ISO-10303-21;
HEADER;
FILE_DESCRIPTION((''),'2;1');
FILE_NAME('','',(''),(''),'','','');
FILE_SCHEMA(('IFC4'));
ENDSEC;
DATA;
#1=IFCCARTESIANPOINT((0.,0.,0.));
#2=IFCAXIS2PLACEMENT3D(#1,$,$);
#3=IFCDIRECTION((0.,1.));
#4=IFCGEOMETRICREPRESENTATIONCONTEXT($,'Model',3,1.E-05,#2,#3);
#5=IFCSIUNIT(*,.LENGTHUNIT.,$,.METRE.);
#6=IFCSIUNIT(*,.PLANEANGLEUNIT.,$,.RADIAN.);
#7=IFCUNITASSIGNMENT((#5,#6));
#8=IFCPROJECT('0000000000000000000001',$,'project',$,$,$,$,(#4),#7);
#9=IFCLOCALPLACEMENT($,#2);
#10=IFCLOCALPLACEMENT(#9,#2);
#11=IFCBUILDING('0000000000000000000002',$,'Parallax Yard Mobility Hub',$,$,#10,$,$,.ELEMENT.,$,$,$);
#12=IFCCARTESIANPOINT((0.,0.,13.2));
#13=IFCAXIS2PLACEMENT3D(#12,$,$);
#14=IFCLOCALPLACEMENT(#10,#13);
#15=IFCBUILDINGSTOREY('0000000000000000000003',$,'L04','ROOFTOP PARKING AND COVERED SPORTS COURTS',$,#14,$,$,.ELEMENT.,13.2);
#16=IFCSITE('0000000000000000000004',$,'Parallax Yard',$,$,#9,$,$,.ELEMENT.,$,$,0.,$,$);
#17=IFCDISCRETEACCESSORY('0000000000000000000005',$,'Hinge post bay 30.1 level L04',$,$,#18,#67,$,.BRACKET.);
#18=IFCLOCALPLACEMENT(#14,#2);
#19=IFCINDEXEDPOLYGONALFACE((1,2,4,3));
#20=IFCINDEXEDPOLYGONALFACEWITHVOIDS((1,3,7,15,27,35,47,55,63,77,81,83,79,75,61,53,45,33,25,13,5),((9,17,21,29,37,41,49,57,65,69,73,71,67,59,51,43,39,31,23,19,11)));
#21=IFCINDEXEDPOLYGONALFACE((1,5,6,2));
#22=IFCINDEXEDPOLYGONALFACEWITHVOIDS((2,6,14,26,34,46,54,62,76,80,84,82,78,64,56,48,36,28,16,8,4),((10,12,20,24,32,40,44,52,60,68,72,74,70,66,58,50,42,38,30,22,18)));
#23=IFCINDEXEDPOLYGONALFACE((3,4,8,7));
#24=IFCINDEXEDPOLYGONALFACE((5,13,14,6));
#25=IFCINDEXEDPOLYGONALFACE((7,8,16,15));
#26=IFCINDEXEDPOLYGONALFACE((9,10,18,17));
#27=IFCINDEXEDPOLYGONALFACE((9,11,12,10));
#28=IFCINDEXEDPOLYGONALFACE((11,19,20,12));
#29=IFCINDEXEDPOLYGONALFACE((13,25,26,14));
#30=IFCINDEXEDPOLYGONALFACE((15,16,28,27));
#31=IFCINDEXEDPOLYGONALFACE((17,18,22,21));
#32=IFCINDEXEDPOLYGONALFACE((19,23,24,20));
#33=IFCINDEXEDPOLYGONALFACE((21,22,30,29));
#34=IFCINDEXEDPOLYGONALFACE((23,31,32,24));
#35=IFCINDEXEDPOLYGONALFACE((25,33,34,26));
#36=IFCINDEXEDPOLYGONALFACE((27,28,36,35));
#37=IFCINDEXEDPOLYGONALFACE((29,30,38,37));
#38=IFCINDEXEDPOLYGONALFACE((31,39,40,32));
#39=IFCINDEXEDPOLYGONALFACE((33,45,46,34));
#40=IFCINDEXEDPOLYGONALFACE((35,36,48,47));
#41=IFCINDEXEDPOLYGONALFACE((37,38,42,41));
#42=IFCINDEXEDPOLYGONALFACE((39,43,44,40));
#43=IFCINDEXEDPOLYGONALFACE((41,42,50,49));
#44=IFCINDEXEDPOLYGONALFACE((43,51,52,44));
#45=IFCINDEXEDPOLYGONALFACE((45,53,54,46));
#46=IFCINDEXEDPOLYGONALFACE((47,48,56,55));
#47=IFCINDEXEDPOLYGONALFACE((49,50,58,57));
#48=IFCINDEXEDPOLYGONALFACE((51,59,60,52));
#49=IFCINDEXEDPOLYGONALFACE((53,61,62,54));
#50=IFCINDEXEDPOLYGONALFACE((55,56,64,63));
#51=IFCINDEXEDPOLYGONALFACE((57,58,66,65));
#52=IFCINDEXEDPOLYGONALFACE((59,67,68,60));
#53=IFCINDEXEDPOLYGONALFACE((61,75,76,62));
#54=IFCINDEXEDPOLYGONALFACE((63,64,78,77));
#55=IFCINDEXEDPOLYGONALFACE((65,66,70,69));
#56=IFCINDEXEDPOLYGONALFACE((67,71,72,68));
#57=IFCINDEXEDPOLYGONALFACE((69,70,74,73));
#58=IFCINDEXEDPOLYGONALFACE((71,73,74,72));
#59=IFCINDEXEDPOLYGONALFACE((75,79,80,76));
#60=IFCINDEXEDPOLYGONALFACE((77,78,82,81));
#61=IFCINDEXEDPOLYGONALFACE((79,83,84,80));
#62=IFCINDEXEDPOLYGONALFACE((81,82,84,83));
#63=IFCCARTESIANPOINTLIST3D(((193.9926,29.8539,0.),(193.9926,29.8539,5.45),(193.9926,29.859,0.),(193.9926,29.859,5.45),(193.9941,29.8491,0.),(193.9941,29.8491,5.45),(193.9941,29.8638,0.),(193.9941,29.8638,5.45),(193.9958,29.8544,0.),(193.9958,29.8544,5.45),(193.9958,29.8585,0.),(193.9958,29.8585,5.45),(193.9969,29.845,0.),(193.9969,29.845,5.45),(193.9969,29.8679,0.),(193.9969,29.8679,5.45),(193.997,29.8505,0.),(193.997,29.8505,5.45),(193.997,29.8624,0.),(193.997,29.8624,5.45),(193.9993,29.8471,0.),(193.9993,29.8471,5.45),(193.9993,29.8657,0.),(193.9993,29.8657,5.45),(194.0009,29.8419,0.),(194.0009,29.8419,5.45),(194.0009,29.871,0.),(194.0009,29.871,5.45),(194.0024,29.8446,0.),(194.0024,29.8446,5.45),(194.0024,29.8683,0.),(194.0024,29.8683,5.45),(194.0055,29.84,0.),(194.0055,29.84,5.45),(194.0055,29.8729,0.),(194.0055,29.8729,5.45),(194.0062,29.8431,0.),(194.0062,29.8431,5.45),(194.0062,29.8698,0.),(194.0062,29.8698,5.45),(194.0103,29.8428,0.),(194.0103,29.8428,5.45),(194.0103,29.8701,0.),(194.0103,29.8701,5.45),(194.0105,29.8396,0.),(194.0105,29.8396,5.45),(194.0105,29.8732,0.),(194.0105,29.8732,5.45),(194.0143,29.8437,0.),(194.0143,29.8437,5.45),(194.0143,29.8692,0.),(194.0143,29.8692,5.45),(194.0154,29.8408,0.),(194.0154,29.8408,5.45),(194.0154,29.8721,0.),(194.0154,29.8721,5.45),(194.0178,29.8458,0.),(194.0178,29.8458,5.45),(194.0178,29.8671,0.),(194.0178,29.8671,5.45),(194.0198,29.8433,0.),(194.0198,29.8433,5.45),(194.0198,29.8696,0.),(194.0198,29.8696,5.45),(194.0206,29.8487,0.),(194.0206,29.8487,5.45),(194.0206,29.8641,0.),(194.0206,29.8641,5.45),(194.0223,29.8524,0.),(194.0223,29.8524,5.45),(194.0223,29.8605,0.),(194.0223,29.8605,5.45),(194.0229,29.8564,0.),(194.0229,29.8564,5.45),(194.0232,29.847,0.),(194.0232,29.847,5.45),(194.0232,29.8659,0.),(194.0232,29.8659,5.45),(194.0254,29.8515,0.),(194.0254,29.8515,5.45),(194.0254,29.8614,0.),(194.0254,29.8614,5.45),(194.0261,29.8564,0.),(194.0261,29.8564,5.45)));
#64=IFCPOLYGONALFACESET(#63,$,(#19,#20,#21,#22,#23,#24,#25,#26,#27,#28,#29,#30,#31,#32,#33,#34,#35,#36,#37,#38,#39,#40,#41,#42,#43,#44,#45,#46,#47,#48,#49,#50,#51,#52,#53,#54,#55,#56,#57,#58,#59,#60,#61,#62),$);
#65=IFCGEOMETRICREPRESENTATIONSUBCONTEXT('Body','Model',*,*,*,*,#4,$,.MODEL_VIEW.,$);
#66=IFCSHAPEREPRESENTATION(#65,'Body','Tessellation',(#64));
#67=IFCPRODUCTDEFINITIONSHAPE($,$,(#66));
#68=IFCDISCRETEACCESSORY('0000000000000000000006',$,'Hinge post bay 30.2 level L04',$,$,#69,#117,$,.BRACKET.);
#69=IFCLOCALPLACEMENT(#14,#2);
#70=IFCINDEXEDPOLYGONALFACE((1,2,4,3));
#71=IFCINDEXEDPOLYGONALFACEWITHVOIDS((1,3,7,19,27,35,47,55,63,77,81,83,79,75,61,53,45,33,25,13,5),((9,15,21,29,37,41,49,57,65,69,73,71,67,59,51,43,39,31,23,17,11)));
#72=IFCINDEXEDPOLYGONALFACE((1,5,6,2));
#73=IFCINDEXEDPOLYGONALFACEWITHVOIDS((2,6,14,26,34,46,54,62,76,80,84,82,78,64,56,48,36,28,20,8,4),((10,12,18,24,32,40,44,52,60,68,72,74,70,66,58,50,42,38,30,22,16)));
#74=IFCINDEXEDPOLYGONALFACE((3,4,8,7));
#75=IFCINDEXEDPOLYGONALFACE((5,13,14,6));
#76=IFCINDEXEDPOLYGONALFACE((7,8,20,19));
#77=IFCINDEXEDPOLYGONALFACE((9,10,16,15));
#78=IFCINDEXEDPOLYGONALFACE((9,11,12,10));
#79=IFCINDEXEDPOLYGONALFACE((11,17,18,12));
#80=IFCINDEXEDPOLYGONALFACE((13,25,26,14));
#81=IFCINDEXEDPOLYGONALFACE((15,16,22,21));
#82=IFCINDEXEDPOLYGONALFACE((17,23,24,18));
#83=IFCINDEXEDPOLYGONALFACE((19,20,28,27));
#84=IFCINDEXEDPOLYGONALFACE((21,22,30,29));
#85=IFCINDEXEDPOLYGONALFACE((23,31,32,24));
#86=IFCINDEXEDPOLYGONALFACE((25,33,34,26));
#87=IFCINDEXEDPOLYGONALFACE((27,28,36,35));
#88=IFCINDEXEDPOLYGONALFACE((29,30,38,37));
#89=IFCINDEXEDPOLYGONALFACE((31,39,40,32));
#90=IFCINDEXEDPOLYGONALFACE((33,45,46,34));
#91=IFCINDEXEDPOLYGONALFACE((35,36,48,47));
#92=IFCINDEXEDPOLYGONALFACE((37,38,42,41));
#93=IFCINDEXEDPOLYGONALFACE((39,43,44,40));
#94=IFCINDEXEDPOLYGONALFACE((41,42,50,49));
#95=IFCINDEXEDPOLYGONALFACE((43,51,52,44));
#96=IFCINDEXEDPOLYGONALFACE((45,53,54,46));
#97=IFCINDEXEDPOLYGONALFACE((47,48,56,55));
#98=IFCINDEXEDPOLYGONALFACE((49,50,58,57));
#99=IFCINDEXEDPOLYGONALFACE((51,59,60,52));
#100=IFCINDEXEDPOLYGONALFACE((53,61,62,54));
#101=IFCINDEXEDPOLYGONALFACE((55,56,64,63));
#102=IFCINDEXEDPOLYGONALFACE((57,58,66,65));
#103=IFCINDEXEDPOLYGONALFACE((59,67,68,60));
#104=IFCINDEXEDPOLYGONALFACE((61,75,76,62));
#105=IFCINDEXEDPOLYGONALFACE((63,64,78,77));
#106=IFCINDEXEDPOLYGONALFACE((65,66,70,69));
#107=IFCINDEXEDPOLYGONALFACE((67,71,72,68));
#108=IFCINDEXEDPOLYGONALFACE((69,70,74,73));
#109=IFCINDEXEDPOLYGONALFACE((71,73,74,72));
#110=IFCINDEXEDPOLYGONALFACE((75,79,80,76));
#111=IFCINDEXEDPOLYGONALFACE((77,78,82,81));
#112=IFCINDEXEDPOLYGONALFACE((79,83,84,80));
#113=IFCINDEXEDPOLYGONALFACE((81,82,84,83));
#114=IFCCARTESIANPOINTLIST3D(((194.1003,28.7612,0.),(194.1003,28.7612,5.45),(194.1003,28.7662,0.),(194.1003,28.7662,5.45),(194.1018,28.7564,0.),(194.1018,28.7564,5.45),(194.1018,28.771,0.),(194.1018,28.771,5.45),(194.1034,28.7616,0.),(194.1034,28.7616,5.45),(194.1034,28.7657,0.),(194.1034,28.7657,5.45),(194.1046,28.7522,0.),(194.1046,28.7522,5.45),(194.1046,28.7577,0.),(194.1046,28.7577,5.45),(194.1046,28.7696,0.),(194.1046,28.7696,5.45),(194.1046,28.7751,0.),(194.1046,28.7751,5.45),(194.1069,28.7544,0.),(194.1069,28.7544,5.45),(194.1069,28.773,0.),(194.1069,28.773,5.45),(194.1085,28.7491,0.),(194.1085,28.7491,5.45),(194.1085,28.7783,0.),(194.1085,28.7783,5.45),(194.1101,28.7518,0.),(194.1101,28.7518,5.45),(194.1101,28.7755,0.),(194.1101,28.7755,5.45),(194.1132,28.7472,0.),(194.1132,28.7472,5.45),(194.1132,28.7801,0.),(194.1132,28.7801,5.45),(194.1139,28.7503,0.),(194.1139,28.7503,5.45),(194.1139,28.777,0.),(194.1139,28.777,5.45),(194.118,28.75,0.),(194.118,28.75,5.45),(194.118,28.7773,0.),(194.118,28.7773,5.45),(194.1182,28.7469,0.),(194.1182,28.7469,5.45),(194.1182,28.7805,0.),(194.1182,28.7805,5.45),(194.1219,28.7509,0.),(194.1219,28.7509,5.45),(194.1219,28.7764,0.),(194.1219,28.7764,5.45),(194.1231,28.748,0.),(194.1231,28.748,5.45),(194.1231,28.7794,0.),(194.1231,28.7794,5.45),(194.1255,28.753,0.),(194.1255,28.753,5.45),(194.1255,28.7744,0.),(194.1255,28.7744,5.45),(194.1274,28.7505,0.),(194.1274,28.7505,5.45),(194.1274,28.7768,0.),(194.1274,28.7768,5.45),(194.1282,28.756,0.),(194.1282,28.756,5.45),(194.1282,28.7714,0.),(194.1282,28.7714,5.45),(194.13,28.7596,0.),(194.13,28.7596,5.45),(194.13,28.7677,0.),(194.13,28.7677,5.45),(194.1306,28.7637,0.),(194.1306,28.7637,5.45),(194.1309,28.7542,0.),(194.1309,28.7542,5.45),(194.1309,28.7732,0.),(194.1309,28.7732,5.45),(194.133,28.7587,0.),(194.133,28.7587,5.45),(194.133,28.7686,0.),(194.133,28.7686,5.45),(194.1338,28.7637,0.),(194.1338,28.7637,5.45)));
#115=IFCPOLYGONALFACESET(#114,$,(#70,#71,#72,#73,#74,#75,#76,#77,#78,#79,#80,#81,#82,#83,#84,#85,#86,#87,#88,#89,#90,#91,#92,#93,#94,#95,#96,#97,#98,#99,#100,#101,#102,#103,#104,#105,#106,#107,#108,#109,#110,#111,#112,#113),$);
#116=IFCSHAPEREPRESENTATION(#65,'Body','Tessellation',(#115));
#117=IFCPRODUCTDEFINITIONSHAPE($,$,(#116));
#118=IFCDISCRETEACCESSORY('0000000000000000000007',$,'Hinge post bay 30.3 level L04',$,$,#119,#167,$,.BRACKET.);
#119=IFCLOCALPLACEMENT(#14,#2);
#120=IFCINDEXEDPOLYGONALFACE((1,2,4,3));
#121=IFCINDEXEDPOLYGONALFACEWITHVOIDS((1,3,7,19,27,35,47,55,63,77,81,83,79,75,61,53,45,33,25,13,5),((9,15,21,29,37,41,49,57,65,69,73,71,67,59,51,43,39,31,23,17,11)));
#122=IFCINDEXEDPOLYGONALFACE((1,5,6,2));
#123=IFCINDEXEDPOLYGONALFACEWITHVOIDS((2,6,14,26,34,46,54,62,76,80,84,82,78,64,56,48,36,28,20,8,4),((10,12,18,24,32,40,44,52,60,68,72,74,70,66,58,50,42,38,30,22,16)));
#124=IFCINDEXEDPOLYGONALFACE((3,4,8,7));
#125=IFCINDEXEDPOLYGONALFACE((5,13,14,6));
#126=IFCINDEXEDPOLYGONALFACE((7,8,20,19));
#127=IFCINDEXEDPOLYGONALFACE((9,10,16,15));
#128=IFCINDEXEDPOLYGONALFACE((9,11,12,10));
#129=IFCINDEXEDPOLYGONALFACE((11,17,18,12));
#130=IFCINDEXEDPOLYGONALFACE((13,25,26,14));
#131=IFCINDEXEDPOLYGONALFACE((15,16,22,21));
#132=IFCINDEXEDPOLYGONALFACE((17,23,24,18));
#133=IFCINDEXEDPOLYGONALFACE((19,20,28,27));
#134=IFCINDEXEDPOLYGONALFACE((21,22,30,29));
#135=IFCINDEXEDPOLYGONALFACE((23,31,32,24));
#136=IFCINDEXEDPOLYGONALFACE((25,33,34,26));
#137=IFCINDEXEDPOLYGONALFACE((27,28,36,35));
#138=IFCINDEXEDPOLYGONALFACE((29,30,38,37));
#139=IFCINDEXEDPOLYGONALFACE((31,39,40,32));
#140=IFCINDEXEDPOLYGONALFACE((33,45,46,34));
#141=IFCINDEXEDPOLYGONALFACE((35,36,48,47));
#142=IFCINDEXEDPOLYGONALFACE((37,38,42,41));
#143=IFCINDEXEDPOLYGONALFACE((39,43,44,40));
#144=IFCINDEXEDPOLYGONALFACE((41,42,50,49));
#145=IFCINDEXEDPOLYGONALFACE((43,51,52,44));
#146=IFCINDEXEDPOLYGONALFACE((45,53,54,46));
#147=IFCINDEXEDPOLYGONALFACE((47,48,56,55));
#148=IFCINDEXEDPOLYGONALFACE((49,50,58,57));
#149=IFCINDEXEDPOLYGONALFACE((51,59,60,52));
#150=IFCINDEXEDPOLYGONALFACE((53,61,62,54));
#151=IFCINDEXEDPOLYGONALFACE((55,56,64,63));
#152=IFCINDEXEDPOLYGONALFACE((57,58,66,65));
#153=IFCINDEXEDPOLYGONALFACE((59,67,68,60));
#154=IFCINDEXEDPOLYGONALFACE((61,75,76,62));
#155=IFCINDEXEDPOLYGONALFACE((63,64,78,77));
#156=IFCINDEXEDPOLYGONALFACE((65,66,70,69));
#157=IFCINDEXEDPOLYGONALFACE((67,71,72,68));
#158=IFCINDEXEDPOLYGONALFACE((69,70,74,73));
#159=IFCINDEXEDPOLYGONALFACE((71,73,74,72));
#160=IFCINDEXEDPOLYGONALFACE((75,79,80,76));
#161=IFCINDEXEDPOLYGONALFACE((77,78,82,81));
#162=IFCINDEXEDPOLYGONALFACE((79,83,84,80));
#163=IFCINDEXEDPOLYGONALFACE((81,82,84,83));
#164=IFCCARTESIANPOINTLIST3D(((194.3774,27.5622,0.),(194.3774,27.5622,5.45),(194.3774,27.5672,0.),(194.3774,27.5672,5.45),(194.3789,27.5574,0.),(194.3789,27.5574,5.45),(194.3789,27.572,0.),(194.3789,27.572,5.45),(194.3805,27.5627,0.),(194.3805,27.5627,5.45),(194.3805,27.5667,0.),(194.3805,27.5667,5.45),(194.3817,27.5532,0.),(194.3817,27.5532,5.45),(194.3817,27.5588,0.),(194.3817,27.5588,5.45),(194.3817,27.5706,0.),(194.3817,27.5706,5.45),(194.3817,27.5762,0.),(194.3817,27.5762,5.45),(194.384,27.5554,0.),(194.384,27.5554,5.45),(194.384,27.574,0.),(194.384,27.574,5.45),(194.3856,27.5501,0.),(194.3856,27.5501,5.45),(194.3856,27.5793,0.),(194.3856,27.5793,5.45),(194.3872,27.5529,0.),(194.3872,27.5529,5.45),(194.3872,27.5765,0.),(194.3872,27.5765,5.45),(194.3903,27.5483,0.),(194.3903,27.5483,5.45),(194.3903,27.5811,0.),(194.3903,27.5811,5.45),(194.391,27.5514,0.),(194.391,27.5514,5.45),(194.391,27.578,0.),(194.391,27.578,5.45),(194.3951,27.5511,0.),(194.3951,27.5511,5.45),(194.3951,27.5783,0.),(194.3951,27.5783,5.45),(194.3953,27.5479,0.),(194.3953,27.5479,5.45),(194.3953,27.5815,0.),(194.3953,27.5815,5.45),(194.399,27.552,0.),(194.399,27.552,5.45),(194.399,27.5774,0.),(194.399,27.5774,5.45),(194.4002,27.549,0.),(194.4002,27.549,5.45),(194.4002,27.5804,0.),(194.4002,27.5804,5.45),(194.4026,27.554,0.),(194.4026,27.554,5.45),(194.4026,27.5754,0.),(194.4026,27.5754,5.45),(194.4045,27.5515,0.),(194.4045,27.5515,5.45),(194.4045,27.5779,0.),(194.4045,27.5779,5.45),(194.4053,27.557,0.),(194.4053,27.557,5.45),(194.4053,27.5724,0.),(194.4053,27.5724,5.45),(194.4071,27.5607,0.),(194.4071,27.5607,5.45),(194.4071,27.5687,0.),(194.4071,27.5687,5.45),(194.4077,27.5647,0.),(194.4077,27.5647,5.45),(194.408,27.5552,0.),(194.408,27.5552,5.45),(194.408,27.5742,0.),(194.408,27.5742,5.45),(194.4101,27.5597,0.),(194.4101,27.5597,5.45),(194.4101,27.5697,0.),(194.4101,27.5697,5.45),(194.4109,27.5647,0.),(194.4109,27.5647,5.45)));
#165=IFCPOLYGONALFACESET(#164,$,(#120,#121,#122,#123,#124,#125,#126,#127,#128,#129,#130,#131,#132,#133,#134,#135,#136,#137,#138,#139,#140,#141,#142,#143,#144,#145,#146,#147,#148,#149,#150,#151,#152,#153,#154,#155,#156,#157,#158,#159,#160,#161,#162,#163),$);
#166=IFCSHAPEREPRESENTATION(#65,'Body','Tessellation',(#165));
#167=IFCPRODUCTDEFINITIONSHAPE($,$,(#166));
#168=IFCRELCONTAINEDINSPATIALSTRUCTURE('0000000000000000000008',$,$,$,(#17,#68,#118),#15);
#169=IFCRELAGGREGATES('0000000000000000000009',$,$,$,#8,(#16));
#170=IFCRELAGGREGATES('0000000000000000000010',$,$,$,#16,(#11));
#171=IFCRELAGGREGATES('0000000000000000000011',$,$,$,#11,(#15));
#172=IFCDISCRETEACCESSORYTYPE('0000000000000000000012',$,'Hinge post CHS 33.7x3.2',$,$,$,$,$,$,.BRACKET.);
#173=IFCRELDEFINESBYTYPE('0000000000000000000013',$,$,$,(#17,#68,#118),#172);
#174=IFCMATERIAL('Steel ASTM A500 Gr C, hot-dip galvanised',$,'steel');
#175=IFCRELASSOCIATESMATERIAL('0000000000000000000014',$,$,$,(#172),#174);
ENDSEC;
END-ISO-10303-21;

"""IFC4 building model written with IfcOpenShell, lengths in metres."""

from ifc_helpers import new_model, si_unit, direction, frame, origin, origin_2d, place, context, subcontext, project, spatial, hollow_circle, extrude, material, material_profile, profile_set, type_object, element, save


model = new_model("IFC4")

# Units and contexts
model_context = context("Model", 3, precision=1e-05, world=origin(), true_north=direction((0.0, 1.0)))
body_context = subcontext(model_context, "Body", "Model", "MODEL_VIEW")
ifc_project = project(units=[si_unit("LENGTHUNIT", "METRE"), si_unit("PLANEANGLEUNIT", "RADIAN")], contexts=[model_context])

# Site, building, storey
site_placement = place(None, origin())
site = spatial("IfcSite", under=ifc_project, at=site_placement, Name="Parallax Yard", CompositionType="ELEMENT", RefElevation=0.0)
building_placement = place(site_placement, origin())
building = spatial("IfcBuilding", under=site, at=building_placement, Name="Parallax Yard Mobility Hub", CompositionType="ELEMENT")
storey_placement = place(building_placement, frame((0.0, 0.0, 13.2)))
storey = spatial("IfcBuildingStorey", under=building, at=storey_placement, Name="L04", Description="ROOFTOP PARKING AND COVERED SPORTS COURTS", CompositionType="ELEMENT", Elevation=13.2)

# Discrete accessories
ifc_material_1 = material(Name="Steel ASTM A500 Gr C, hot-dip galvanised", Category="steel")
ifc_material_profile_1 = material_profile(ifc_material_1, hollow_circle(Radius=0.0168, WallThickness=0.0032, at=origin_2d()), Name="CHS 33.7x3.2")
ifc_profile_set_1 = profile_set([ifc_material_profile_1], Name="Steel ASTM A500 Gr C, hot-dip galvanised")
discrete_accessory_type_1 = type_object("IfcDiscreteAccessoryType", Name="Hinge post CHS 33.7x3.2", PredefinedType="BRACKET", material=ifc_profile_set_1)
for number, where, z_axis, x_axis, name in (
    (1, (194.0093, 29.8564, 0.0), (0.0, 0.0, 1.0), (1.0, 0.0, 0.0), "Hinge post bay 30.1 level L04"),
    (2, (194.1169, 28.7637, 0.0), (0.0, 0.0, 1.0), (1.0, 0.0, 0.0), "Hinge post bay 30.2 level L04"),
    (3, (194.394, 27.5647, 0.0), (0.0, 0.0, 1.0), (1.0, 0.0, 0.0), "Hinge post bay 30.3 level L04"),
):
    element("IfcDiscreteAccessory", number, at=place(storey_placement, frame(where, z_axis=z_axis, x_axis=x_axis)), inside=storey, type_object=discrete_accessory_type_1, Name=name, PredefinedType="BRACKET", context=body_context, shape_type="SweptSolid", body=[
        extrude(hollow_circle(Radius=0.0168, WallThickness=0.0032, at=origin_2d()), origin(), (0.0, 0.0, 1.0), 5.45),
    ])

save(model, "model.ifc")
